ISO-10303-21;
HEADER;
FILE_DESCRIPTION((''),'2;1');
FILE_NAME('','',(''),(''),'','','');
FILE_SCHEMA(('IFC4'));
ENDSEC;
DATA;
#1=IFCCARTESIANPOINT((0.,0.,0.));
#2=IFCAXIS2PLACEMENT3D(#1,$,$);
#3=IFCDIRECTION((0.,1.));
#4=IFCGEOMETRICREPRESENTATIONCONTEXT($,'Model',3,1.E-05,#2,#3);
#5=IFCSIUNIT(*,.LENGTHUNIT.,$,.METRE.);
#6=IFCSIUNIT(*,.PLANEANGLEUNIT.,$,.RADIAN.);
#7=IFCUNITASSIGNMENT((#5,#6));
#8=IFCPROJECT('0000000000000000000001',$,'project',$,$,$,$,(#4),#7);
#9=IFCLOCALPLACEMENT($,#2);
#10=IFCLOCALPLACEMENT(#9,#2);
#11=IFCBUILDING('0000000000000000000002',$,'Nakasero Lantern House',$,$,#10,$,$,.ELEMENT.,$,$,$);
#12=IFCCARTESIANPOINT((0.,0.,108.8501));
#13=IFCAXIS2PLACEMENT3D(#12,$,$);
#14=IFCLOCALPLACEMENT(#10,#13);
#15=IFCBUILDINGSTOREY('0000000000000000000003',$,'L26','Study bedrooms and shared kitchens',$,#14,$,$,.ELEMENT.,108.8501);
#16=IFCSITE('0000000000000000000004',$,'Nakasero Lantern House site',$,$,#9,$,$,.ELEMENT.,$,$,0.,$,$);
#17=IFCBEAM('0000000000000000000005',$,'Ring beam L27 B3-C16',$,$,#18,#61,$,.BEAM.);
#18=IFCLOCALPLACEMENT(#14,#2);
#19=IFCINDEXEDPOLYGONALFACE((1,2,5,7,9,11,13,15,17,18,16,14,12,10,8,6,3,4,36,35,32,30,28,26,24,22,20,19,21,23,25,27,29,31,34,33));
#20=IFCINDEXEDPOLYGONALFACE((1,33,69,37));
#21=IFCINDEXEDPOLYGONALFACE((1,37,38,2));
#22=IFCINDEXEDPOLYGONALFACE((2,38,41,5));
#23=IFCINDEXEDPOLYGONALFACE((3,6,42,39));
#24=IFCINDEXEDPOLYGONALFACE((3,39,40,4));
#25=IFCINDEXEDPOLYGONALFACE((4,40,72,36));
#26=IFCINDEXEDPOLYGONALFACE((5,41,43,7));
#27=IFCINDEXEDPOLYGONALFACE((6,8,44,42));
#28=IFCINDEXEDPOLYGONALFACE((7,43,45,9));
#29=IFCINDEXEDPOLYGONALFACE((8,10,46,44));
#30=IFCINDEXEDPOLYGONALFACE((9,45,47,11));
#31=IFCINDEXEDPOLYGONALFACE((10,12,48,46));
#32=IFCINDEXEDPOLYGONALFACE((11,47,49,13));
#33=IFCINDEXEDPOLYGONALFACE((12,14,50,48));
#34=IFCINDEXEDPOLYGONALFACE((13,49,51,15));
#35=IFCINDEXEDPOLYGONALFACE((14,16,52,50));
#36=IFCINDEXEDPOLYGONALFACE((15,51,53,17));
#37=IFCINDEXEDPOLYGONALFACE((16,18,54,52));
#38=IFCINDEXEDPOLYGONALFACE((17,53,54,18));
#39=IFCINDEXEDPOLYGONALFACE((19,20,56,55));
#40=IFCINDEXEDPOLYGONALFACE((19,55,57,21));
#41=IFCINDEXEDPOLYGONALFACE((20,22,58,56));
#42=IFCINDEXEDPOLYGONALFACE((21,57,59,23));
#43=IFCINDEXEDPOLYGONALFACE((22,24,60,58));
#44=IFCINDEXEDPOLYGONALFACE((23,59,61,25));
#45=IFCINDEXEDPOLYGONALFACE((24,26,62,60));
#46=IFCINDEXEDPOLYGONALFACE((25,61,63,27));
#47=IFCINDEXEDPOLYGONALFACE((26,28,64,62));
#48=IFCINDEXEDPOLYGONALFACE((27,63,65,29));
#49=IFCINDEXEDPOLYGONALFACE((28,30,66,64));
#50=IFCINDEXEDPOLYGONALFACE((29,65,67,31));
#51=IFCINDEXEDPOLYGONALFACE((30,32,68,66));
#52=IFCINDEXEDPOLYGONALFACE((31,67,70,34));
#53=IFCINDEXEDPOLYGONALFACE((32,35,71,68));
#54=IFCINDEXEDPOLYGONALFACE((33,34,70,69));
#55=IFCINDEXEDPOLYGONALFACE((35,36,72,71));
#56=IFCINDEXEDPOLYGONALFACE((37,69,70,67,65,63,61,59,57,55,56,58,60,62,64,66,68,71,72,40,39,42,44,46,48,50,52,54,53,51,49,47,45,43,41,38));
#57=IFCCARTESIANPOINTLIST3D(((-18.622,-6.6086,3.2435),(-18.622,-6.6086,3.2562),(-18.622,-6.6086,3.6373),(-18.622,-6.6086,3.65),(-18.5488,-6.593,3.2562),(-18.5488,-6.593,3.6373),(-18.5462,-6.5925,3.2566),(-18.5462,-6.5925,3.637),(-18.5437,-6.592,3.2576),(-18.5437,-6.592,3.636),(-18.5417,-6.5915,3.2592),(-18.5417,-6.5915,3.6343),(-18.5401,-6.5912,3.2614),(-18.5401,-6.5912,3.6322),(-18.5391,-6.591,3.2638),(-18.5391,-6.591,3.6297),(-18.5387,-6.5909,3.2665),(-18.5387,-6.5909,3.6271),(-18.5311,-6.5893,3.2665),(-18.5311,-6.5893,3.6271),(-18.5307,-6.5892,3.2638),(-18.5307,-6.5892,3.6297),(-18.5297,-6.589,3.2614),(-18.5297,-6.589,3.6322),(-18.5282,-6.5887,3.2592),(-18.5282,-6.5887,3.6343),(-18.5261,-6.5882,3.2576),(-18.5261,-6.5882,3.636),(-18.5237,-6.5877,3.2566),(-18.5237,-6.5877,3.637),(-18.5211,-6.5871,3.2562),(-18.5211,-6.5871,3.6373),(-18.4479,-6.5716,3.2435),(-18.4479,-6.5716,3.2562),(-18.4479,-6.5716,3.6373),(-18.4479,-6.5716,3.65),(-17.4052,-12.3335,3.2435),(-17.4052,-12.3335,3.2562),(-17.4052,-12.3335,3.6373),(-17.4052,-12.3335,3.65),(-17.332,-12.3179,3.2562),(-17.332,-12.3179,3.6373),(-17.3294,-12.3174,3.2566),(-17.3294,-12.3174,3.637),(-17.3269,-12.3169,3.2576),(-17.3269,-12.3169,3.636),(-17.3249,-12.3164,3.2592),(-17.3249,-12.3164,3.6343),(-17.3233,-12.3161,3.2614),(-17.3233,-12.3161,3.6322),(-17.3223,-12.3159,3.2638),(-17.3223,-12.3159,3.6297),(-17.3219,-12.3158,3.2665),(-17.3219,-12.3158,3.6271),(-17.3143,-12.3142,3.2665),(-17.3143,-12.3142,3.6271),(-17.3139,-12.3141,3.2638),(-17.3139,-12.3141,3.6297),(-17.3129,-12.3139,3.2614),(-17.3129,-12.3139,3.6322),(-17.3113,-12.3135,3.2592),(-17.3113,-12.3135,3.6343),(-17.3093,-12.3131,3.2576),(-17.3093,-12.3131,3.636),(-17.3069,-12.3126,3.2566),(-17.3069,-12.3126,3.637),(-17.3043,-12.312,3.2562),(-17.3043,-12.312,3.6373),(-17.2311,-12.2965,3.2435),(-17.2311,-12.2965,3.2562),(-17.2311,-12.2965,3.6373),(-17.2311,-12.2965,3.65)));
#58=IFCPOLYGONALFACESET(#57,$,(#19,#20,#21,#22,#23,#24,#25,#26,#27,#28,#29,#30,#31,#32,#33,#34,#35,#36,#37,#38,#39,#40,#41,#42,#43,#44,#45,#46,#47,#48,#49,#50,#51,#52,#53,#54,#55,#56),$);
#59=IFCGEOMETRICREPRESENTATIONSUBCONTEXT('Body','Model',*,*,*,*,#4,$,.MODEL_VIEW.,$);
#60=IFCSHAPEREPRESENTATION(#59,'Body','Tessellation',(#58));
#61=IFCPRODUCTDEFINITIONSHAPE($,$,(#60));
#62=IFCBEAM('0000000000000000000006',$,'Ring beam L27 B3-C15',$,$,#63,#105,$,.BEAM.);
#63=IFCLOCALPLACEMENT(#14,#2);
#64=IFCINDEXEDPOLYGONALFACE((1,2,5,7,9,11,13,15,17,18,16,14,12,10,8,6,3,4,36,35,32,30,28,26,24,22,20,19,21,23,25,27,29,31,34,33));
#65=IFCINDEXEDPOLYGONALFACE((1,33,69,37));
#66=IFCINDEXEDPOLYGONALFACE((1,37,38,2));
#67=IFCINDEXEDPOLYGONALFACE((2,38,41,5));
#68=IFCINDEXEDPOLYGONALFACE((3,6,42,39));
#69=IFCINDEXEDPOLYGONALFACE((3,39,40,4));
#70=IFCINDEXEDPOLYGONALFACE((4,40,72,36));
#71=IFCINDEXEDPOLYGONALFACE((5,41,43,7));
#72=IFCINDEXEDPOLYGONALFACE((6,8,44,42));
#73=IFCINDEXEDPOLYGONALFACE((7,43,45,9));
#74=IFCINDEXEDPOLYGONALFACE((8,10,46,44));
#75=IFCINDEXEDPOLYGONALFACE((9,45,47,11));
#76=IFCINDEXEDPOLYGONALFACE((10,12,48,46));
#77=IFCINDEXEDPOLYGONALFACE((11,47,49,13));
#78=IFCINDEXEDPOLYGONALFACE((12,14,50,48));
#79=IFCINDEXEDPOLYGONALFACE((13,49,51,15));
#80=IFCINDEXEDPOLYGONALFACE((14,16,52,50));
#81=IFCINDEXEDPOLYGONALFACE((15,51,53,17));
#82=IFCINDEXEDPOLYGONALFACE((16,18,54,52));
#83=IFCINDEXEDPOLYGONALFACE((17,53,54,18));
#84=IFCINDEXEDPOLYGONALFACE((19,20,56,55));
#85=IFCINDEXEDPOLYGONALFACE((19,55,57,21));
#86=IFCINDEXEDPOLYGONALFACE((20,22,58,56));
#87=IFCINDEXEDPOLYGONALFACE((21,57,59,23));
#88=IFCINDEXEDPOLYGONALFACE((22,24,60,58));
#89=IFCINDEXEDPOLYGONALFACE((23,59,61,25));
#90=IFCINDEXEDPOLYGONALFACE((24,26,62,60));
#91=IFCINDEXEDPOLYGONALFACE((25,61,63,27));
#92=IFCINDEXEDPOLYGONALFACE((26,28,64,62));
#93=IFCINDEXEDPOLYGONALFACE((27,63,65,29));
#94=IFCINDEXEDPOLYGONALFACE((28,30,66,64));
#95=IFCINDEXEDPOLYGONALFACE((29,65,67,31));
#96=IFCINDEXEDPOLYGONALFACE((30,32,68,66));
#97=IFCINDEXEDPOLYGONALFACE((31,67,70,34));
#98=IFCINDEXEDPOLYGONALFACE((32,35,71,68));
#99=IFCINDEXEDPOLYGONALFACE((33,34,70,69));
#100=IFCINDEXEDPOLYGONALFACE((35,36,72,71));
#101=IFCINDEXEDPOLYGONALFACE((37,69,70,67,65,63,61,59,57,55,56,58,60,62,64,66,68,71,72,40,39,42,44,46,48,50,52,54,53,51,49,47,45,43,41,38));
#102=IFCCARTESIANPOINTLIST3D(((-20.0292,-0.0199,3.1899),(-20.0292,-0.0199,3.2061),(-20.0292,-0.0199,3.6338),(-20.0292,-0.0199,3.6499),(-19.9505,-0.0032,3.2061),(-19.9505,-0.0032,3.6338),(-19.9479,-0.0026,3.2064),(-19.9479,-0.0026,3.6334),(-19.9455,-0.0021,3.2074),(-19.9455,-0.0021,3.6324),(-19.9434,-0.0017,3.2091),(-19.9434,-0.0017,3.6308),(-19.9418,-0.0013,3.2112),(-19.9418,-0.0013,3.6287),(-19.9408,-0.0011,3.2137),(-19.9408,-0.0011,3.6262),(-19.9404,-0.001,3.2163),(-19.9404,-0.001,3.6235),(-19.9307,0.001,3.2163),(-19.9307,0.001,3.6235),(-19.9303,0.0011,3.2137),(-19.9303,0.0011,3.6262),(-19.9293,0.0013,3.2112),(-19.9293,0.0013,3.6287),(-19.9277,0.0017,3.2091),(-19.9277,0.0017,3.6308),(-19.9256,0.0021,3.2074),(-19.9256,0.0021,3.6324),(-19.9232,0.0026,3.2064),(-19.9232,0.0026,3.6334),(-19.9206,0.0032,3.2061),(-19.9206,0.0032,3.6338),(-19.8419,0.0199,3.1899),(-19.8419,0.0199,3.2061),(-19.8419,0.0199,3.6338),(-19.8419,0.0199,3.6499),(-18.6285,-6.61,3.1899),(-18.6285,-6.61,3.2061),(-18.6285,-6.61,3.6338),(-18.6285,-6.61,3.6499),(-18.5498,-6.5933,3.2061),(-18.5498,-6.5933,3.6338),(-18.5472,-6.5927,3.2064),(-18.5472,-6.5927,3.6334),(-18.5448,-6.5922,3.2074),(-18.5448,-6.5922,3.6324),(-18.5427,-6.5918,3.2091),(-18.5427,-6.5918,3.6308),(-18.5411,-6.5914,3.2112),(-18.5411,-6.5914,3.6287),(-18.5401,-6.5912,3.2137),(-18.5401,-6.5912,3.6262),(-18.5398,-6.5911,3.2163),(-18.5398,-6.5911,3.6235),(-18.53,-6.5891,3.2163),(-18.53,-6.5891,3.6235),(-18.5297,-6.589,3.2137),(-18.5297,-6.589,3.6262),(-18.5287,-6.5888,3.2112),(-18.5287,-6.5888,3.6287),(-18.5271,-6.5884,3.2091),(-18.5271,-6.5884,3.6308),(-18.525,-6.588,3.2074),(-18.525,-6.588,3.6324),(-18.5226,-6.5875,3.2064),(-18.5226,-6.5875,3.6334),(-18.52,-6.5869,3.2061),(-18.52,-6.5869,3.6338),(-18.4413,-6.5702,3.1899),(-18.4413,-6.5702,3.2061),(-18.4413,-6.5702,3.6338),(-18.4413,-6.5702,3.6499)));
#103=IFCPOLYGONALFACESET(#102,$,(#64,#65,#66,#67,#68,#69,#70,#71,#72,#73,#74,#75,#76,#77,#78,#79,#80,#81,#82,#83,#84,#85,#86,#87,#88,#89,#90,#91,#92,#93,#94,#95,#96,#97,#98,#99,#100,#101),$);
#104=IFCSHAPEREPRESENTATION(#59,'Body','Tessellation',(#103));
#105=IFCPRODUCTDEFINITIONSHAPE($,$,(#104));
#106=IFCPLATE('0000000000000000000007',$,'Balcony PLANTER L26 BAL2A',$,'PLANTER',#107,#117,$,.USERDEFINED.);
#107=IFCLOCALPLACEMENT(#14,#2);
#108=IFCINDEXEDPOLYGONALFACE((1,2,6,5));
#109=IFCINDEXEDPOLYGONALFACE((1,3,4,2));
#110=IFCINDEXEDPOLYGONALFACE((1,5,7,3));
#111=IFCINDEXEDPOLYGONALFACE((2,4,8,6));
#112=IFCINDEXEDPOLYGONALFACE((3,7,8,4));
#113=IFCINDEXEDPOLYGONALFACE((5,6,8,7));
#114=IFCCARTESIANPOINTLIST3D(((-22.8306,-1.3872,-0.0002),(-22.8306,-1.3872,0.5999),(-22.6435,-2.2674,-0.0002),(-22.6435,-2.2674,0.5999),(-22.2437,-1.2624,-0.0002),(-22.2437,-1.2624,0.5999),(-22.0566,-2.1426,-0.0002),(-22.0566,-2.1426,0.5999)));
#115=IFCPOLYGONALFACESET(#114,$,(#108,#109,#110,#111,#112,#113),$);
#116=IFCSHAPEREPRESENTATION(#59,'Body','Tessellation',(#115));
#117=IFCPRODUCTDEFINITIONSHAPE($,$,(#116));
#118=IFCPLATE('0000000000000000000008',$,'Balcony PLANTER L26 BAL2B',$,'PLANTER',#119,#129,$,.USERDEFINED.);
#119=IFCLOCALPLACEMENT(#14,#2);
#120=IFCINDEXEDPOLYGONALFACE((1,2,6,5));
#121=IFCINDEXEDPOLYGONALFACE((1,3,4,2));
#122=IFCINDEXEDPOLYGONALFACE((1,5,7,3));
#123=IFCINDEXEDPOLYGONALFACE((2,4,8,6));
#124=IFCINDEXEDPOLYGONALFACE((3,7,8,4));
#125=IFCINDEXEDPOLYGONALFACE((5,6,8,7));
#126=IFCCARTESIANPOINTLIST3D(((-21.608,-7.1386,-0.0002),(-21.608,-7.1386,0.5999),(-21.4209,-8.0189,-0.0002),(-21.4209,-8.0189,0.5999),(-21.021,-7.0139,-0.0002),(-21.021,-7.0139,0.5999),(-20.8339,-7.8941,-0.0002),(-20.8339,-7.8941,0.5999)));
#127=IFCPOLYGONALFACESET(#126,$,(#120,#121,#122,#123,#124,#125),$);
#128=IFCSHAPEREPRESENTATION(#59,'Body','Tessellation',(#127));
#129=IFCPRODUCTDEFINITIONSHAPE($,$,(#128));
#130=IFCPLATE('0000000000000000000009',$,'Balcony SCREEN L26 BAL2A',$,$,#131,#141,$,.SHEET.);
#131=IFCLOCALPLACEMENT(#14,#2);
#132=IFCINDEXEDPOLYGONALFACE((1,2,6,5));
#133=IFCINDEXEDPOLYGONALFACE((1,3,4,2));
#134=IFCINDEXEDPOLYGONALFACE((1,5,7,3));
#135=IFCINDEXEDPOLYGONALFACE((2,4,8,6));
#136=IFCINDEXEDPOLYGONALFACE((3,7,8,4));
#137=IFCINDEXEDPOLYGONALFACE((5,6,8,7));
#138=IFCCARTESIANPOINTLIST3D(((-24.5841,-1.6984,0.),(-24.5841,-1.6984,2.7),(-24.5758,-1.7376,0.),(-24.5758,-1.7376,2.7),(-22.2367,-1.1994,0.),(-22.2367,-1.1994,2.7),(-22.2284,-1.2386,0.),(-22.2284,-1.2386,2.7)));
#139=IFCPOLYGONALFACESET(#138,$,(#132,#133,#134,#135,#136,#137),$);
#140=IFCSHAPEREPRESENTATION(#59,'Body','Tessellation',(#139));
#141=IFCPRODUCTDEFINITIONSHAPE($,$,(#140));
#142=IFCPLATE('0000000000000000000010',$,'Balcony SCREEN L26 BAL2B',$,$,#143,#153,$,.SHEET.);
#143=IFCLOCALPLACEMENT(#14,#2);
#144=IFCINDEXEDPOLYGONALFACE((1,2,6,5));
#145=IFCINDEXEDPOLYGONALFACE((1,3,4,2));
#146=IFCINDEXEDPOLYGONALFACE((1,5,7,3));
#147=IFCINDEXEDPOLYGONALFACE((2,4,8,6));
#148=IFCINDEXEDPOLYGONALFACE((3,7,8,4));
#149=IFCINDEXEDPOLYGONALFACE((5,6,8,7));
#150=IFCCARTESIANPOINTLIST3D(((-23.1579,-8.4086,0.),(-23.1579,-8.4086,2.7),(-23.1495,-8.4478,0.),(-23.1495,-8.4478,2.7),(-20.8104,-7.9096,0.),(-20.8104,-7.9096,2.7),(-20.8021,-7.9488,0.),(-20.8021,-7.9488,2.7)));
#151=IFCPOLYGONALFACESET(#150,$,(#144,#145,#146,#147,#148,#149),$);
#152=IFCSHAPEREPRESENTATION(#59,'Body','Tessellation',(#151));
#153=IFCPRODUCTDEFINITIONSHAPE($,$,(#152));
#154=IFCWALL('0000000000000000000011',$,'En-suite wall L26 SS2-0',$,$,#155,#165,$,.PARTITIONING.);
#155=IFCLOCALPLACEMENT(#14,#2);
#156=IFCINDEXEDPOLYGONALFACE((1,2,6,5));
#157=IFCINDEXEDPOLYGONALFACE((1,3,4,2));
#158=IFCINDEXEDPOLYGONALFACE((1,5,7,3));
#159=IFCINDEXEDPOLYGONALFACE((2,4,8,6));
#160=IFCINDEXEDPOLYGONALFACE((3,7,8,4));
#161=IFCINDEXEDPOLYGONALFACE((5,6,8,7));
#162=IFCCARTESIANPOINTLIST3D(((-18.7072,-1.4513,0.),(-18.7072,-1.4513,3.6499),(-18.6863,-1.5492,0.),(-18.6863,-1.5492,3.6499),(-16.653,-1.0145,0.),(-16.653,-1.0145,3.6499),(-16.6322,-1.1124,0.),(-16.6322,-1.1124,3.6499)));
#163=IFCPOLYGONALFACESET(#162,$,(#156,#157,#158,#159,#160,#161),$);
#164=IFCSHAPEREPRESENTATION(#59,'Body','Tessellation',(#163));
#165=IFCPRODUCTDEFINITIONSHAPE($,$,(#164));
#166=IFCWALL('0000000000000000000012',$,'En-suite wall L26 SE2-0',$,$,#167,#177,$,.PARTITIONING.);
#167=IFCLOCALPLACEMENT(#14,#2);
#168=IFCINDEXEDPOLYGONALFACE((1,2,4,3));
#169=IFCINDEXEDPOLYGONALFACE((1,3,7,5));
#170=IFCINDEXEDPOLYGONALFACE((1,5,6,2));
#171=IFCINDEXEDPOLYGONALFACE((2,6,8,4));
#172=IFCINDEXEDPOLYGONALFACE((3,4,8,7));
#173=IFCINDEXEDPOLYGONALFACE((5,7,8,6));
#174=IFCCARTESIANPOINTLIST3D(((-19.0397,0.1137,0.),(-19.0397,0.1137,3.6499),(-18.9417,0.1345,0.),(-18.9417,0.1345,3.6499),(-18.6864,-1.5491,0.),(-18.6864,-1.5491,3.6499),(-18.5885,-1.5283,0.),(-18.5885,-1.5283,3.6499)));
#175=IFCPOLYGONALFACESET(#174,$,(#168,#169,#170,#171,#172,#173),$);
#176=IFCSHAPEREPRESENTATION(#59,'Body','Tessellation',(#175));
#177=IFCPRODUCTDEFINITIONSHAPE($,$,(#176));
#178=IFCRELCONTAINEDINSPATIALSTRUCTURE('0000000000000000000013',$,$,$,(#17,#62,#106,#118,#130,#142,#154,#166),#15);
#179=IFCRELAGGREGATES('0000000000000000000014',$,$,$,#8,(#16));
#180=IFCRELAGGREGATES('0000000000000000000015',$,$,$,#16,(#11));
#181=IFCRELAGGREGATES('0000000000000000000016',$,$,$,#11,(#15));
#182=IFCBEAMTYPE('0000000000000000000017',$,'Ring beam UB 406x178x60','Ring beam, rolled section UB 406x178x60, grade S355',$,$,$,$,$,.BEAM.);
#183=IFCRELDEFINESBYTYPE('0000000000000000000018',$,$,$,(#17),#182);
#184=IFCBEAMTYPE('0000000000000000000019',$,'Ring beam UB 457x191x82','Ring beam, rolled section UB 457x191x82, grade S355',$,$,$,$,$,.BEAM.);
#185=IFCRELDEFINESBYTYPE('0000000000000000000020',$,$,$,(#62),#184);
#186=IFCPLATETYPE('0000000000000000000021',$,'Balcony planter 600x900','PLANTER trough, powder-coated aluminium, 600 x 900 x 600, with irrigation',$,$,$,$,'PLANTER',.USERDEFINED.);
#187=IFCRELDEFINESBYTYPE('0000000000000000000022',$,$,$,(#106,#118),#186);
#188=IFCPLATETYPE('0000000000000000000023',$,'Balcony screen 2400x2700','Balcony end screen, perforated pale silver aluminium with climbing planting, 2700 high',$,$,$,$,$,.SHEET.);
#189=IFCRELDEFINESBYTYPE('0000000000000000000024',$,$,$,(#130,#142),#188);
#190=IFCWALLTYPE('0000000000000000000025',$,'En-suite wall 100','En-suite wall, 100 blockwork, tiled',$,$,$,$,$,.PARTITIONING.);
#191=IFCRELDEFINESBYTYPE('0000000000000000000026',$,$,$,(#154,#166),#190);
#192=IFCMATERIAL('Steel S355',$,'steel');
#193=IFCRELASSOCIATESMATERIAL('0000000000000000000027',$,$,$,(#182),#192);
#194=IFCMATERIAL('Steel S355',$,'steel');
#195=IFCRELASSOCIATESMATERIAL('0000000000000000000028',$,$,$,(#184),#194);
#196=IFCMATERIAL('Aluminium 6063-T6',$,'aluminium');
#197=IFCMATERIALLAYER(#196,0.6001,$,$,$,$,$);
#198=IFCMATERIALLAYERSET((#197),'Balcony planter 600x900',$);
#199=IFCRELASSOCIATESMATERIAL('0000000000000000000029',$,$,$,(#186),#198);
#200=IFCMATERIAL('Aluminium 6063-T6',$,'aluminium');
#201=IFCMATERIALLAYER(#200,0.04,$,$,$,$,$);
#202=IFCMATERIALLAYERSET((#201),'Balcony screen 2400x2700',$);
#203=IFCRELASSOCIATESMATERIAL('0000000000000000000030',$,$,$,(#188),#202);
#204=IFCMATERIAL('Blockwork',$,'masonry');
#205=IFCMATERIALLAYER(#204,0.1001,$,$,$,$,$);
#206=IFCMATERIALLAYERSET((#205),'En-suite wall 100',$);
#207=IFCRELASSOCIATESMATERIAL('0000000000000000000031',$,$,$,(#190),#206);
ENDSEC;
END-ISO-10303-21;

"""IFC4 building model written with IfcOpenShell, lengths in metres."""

from ifc_helpers import new_model, si_unit, direction, frame, frame_2d, origin, origin_2d, place, context, subcontext, project, spatial, rectangle, i_section, extrude, material, layer, layer_set, material_profile, profile_set, type_object, element, save


model = new_model("IFC4")

# Units and contexts
model_context = context("Model", 3, precision=1e-05, world=origin(), true_north=direction((0.0, 1.0)))
body_context = subcontext(model_context, "Body", "Model", "MODEL_VIEW")
ifc_project = project(units=[si_unit("LENGTHUNIT", "METRE"), si_unit("PLANEANGLEUNIT", "RADIAN")], contexts=[model_context])

# Site, building, storey
site_placement = place(None, origin())
site = spatial("IfcSite", under=ifc_project, at=site_placement, Name="Nakasero Lantern House site", CompositionType="ELEMENT", RefElevation=0.0)
building_placement = place(site_placement, origin())
building = spatial("IfcBuilding", under=site, at=building_placement, Name="Nakasero Lantern House", CompositionType="ELEMENT")
storey_placement = place(building_placement, frame((0.0, 0.0, 108.8501)))
storey = spatial("IfcBuildingStorey", under=building, at=storey_placement, Name="L26", Description="Study bedrooms and shared kitchens", CompositionType="ELEMENT", Elevation=108.8501)

# Beams
ifc_material_1 = material(Name="Steel S355", Category="steel")
ifc_material_profile_1 = material_profile(ifc_material_1, i_section(OverallWidth=0.178, OverallDepth=0.4065, WebThickness=0.0078, FlangeThickness=0.0127, FilletRadius=0.0103, at=origin_2d()), Name="UB 406x178x60")
ifc_profile_set_1 = profile_set([ifc_material_profile_1], Name="Steel S355")
beam_type_1 = type_object("IfcBeamType", Name="Ring beam UB 406x178x60", Description="Ring beam, rolled section UB 406x178x60, grade S355", PredefinedType="BEAM", material=ifc_profile_set_1)
beam_1_placement = place(storey_placement, frame((-18.5349, -6.5901, 3.4468), z_axis=(0.207902, -0.97815, 0.0), x_axis=(0.97815, 0.207902, 0.0)))
element("IfcBeam", 1, at=beam_1_placement, inside=storey, type_object=beam_type_1, Name="Ring beam L27 B3-C16", PredefinedType="BEAM", context=body_context, shape_type="SweptSolid", body=[
    extrude(i_section(OverallWidth=0.178, OverallDepth=0.4065, WebThickness=0.0078, FlangeThickness=0.0127, FilletRadius=0.0103, at=origin_2d()), origin(), (0.0, 0.0, 1.0), 5.8528),
])
ifc_material_2 = material(Name="Steel S355", Category="steel")
ifc_material_profile_2 = material_profile(ifc_material_2, i_section(OverallWidth=0.1914, OverallDepth=0.46, WebThickness=0.01, FlangeThickness=0.0161, FilletRadius=0.0103, at=origin_2d()), Name="UB 457x191x82")
ifc_profile_set_2 = profile_set([ifc_material_profile_2], Name="Steel S355")
beam_type_2 = type_object("IfcBeamType", Name="Ring beam UB 457x191x82", Description="Ring beam, rolled section UB 457x191x82, grade S355", PredefinedType="BEAM", material=ifc_profile_set_2)
beam_2_placement = place(storey_placement, frame((-19.9355, 0.0, 3.4199), z_axis=(0.207893, -0.978152, 0.0), x_axis=(0.978152, 0.207893, 0.0)))
element("IfcBeam", 2, at=beam_2_placement, inside=storey, type_object=beam_type_2, Name="Ring beam L27 B3-C15", PredefinedType="BEAM", context=body_context, shape_type="SweptSolid", body=[
    extrude(i_section(OverallWidth=0.1914, OverallDepth=0.46, WebThickness=0.01, FlangeThickness=0.0161, FilletRadius=0.0103, at=origin_2d()), origin(), (0.0, 0.0, 1.0), 6.7373),
])

# Plates
ifc_material_3 = material(Name="Aluminium 6063-T6", Category="aluminium")
ifc_layer_1 = layer(ifc_material_3, 0.6001)
ifc_layer_set_1 = layer_set([ifc_layer_1], Name="Balcony planter 600x900")
plate_type_1 = type_object("IfcPlateType", Name="Balcony planter 600x900", Description="PLANTER trough, powder-coated aluminium, 600 x 900 x 600, with irrigation", ElementType="PLANTER", PredefinedType="USERDEFINED", material=ifc_layer_set_1)
for number, where, z_axis, x_axis, name in (
    (3, (-22.4436, -1.7649, -0.0002), (0.0, 0.0, 1.0), (-0.978148, -0.207912, 0.0), "Balcony PLANTER L26 BAL2A"),
    (4, (-21.2209, -7.5164, -0.0002), (0.0, 0.0, 1.0), (-0.978148, -0.207912, 0.0), "Balcony PLANTER L26 BAL2B"),
):
    element("IfcPlate", number, at=place(storey_placement, frame(where, z_axis=z_axis, x_axis=x_axis)), inside=storey, type_object=plate_type_1, Name=name, ObjectType="PLANTER", PredefinedType="USERDEFINED", context=body_context, shape_type="SweptSolid", body=[
        extrude(rectangle(XDim=0.6001, YDim=0.8999, at=origin_2d()), origin(), (0.0, 0.0, 1.0), 0.6001),
    ])
ifc_material_4 = material(Name="Aluminium 6063-T6", Category="aluminium")
ifc_layer_2 = layer(ifc_material_4, 0.04)
ifc_layer_set_2 = layer_set([ifc_layer_2], Name="Balcony screen 2400x2700")
plate_type_2 = type_object("IfcPlateType", Name="Balcony screen 2400x2700", Description="Balcony end screen, perforated pale silver aluminium with climbing planting, 2700 high", PredefinedType="SHEET", material=ifc_layer_set_2)
for number, where, z_axis, x_axis, name in (
    (5, (-23.4062, -1.4685, 0.0), (0.0, 0.0, 1.0), (-0.978148, -0.207912, 0.0), "Balcony SCREEN L26 BAL2A"),
    (6, (-21.98, -8.1787, 0.0), (0.0, 0.0, 1.0), (-0.978148, -0.207912, 0.0), "Balcony SCREEN L26 BAL2B"),
):
    element("IfcPlate", number, at=place(storey_placement, frame(where, z_axis=z_axis, x_axis=x_axis)), inside=storey, type_object=plate_type_2, Name=name, PredefinedType="SHEET", context=body_context, shape_type="SweptSolid", body=[
        extrude(rectangle(XDim=2.3999, YDim=0.04, at=origin_2d()), origin(), (0.0, 0.0, 1.0), 2.7),
    ])

# Walls
ifc_material_5 = material(Name="Blockwork", Category="masonry")
ifc_layer_3 = layer(ifc_material_5, 0.1001)
ifc_layer_set_3 = layer_set([ifc_layer_3], Name="En-suite wall 100")
wall_type_1 = type_object("IfcWallType", Name="En-suite wall 100", Description="En-suite wall, 100 blockwork, tiled", PredefinedType="PARTITIONING", material=ifc_layer_set_3)
wall_1_placement = place(storey_placement, frame((-16.6426, -1.0635, 0.0), z_axis=(0.0, 0.0, 1.0), x_axis=(-0.978135, -0.207973, 0.0)))
element("IfcWall", 7, at=wall_1_placement, inside=storey, type_object=wall_type_1, Name="En-suite wall L26 SS2-0", PredefinedType="PARTITIONING", context=body_context, shape_type="SweptSolid", body=[
    extrude(rectangle(XDim=2.1001, YDim=0.1001, at=frame_2d((1.05, 0.0))), origin(), (0.0, 0.0, 1.0), 3.6499),
])
wall_2_placement = place(storey_placement, frame((-18.9907, 0.1243, 0.0), z_axis=(0.0, 0.0, 1.0), x_axis=(0.207812, -0.978169, 0.0)))
element("IfcWall", 8, at=wall_2_placement, inside=storey, type_object=wall_type_1, Name="En-suite wall L26 SE2-0", PredefinedType="PARTITIONING", context=body_context, shape_type="SweptSolid", body=[
    extrude(rectangle(XDim=1.7, YDim=0.1001, at=frame_2d((0.8501, 0.0))), origin(), (0.0, 0.0, 1.0), 3.6499),
])

save(model, "model.ifc")
